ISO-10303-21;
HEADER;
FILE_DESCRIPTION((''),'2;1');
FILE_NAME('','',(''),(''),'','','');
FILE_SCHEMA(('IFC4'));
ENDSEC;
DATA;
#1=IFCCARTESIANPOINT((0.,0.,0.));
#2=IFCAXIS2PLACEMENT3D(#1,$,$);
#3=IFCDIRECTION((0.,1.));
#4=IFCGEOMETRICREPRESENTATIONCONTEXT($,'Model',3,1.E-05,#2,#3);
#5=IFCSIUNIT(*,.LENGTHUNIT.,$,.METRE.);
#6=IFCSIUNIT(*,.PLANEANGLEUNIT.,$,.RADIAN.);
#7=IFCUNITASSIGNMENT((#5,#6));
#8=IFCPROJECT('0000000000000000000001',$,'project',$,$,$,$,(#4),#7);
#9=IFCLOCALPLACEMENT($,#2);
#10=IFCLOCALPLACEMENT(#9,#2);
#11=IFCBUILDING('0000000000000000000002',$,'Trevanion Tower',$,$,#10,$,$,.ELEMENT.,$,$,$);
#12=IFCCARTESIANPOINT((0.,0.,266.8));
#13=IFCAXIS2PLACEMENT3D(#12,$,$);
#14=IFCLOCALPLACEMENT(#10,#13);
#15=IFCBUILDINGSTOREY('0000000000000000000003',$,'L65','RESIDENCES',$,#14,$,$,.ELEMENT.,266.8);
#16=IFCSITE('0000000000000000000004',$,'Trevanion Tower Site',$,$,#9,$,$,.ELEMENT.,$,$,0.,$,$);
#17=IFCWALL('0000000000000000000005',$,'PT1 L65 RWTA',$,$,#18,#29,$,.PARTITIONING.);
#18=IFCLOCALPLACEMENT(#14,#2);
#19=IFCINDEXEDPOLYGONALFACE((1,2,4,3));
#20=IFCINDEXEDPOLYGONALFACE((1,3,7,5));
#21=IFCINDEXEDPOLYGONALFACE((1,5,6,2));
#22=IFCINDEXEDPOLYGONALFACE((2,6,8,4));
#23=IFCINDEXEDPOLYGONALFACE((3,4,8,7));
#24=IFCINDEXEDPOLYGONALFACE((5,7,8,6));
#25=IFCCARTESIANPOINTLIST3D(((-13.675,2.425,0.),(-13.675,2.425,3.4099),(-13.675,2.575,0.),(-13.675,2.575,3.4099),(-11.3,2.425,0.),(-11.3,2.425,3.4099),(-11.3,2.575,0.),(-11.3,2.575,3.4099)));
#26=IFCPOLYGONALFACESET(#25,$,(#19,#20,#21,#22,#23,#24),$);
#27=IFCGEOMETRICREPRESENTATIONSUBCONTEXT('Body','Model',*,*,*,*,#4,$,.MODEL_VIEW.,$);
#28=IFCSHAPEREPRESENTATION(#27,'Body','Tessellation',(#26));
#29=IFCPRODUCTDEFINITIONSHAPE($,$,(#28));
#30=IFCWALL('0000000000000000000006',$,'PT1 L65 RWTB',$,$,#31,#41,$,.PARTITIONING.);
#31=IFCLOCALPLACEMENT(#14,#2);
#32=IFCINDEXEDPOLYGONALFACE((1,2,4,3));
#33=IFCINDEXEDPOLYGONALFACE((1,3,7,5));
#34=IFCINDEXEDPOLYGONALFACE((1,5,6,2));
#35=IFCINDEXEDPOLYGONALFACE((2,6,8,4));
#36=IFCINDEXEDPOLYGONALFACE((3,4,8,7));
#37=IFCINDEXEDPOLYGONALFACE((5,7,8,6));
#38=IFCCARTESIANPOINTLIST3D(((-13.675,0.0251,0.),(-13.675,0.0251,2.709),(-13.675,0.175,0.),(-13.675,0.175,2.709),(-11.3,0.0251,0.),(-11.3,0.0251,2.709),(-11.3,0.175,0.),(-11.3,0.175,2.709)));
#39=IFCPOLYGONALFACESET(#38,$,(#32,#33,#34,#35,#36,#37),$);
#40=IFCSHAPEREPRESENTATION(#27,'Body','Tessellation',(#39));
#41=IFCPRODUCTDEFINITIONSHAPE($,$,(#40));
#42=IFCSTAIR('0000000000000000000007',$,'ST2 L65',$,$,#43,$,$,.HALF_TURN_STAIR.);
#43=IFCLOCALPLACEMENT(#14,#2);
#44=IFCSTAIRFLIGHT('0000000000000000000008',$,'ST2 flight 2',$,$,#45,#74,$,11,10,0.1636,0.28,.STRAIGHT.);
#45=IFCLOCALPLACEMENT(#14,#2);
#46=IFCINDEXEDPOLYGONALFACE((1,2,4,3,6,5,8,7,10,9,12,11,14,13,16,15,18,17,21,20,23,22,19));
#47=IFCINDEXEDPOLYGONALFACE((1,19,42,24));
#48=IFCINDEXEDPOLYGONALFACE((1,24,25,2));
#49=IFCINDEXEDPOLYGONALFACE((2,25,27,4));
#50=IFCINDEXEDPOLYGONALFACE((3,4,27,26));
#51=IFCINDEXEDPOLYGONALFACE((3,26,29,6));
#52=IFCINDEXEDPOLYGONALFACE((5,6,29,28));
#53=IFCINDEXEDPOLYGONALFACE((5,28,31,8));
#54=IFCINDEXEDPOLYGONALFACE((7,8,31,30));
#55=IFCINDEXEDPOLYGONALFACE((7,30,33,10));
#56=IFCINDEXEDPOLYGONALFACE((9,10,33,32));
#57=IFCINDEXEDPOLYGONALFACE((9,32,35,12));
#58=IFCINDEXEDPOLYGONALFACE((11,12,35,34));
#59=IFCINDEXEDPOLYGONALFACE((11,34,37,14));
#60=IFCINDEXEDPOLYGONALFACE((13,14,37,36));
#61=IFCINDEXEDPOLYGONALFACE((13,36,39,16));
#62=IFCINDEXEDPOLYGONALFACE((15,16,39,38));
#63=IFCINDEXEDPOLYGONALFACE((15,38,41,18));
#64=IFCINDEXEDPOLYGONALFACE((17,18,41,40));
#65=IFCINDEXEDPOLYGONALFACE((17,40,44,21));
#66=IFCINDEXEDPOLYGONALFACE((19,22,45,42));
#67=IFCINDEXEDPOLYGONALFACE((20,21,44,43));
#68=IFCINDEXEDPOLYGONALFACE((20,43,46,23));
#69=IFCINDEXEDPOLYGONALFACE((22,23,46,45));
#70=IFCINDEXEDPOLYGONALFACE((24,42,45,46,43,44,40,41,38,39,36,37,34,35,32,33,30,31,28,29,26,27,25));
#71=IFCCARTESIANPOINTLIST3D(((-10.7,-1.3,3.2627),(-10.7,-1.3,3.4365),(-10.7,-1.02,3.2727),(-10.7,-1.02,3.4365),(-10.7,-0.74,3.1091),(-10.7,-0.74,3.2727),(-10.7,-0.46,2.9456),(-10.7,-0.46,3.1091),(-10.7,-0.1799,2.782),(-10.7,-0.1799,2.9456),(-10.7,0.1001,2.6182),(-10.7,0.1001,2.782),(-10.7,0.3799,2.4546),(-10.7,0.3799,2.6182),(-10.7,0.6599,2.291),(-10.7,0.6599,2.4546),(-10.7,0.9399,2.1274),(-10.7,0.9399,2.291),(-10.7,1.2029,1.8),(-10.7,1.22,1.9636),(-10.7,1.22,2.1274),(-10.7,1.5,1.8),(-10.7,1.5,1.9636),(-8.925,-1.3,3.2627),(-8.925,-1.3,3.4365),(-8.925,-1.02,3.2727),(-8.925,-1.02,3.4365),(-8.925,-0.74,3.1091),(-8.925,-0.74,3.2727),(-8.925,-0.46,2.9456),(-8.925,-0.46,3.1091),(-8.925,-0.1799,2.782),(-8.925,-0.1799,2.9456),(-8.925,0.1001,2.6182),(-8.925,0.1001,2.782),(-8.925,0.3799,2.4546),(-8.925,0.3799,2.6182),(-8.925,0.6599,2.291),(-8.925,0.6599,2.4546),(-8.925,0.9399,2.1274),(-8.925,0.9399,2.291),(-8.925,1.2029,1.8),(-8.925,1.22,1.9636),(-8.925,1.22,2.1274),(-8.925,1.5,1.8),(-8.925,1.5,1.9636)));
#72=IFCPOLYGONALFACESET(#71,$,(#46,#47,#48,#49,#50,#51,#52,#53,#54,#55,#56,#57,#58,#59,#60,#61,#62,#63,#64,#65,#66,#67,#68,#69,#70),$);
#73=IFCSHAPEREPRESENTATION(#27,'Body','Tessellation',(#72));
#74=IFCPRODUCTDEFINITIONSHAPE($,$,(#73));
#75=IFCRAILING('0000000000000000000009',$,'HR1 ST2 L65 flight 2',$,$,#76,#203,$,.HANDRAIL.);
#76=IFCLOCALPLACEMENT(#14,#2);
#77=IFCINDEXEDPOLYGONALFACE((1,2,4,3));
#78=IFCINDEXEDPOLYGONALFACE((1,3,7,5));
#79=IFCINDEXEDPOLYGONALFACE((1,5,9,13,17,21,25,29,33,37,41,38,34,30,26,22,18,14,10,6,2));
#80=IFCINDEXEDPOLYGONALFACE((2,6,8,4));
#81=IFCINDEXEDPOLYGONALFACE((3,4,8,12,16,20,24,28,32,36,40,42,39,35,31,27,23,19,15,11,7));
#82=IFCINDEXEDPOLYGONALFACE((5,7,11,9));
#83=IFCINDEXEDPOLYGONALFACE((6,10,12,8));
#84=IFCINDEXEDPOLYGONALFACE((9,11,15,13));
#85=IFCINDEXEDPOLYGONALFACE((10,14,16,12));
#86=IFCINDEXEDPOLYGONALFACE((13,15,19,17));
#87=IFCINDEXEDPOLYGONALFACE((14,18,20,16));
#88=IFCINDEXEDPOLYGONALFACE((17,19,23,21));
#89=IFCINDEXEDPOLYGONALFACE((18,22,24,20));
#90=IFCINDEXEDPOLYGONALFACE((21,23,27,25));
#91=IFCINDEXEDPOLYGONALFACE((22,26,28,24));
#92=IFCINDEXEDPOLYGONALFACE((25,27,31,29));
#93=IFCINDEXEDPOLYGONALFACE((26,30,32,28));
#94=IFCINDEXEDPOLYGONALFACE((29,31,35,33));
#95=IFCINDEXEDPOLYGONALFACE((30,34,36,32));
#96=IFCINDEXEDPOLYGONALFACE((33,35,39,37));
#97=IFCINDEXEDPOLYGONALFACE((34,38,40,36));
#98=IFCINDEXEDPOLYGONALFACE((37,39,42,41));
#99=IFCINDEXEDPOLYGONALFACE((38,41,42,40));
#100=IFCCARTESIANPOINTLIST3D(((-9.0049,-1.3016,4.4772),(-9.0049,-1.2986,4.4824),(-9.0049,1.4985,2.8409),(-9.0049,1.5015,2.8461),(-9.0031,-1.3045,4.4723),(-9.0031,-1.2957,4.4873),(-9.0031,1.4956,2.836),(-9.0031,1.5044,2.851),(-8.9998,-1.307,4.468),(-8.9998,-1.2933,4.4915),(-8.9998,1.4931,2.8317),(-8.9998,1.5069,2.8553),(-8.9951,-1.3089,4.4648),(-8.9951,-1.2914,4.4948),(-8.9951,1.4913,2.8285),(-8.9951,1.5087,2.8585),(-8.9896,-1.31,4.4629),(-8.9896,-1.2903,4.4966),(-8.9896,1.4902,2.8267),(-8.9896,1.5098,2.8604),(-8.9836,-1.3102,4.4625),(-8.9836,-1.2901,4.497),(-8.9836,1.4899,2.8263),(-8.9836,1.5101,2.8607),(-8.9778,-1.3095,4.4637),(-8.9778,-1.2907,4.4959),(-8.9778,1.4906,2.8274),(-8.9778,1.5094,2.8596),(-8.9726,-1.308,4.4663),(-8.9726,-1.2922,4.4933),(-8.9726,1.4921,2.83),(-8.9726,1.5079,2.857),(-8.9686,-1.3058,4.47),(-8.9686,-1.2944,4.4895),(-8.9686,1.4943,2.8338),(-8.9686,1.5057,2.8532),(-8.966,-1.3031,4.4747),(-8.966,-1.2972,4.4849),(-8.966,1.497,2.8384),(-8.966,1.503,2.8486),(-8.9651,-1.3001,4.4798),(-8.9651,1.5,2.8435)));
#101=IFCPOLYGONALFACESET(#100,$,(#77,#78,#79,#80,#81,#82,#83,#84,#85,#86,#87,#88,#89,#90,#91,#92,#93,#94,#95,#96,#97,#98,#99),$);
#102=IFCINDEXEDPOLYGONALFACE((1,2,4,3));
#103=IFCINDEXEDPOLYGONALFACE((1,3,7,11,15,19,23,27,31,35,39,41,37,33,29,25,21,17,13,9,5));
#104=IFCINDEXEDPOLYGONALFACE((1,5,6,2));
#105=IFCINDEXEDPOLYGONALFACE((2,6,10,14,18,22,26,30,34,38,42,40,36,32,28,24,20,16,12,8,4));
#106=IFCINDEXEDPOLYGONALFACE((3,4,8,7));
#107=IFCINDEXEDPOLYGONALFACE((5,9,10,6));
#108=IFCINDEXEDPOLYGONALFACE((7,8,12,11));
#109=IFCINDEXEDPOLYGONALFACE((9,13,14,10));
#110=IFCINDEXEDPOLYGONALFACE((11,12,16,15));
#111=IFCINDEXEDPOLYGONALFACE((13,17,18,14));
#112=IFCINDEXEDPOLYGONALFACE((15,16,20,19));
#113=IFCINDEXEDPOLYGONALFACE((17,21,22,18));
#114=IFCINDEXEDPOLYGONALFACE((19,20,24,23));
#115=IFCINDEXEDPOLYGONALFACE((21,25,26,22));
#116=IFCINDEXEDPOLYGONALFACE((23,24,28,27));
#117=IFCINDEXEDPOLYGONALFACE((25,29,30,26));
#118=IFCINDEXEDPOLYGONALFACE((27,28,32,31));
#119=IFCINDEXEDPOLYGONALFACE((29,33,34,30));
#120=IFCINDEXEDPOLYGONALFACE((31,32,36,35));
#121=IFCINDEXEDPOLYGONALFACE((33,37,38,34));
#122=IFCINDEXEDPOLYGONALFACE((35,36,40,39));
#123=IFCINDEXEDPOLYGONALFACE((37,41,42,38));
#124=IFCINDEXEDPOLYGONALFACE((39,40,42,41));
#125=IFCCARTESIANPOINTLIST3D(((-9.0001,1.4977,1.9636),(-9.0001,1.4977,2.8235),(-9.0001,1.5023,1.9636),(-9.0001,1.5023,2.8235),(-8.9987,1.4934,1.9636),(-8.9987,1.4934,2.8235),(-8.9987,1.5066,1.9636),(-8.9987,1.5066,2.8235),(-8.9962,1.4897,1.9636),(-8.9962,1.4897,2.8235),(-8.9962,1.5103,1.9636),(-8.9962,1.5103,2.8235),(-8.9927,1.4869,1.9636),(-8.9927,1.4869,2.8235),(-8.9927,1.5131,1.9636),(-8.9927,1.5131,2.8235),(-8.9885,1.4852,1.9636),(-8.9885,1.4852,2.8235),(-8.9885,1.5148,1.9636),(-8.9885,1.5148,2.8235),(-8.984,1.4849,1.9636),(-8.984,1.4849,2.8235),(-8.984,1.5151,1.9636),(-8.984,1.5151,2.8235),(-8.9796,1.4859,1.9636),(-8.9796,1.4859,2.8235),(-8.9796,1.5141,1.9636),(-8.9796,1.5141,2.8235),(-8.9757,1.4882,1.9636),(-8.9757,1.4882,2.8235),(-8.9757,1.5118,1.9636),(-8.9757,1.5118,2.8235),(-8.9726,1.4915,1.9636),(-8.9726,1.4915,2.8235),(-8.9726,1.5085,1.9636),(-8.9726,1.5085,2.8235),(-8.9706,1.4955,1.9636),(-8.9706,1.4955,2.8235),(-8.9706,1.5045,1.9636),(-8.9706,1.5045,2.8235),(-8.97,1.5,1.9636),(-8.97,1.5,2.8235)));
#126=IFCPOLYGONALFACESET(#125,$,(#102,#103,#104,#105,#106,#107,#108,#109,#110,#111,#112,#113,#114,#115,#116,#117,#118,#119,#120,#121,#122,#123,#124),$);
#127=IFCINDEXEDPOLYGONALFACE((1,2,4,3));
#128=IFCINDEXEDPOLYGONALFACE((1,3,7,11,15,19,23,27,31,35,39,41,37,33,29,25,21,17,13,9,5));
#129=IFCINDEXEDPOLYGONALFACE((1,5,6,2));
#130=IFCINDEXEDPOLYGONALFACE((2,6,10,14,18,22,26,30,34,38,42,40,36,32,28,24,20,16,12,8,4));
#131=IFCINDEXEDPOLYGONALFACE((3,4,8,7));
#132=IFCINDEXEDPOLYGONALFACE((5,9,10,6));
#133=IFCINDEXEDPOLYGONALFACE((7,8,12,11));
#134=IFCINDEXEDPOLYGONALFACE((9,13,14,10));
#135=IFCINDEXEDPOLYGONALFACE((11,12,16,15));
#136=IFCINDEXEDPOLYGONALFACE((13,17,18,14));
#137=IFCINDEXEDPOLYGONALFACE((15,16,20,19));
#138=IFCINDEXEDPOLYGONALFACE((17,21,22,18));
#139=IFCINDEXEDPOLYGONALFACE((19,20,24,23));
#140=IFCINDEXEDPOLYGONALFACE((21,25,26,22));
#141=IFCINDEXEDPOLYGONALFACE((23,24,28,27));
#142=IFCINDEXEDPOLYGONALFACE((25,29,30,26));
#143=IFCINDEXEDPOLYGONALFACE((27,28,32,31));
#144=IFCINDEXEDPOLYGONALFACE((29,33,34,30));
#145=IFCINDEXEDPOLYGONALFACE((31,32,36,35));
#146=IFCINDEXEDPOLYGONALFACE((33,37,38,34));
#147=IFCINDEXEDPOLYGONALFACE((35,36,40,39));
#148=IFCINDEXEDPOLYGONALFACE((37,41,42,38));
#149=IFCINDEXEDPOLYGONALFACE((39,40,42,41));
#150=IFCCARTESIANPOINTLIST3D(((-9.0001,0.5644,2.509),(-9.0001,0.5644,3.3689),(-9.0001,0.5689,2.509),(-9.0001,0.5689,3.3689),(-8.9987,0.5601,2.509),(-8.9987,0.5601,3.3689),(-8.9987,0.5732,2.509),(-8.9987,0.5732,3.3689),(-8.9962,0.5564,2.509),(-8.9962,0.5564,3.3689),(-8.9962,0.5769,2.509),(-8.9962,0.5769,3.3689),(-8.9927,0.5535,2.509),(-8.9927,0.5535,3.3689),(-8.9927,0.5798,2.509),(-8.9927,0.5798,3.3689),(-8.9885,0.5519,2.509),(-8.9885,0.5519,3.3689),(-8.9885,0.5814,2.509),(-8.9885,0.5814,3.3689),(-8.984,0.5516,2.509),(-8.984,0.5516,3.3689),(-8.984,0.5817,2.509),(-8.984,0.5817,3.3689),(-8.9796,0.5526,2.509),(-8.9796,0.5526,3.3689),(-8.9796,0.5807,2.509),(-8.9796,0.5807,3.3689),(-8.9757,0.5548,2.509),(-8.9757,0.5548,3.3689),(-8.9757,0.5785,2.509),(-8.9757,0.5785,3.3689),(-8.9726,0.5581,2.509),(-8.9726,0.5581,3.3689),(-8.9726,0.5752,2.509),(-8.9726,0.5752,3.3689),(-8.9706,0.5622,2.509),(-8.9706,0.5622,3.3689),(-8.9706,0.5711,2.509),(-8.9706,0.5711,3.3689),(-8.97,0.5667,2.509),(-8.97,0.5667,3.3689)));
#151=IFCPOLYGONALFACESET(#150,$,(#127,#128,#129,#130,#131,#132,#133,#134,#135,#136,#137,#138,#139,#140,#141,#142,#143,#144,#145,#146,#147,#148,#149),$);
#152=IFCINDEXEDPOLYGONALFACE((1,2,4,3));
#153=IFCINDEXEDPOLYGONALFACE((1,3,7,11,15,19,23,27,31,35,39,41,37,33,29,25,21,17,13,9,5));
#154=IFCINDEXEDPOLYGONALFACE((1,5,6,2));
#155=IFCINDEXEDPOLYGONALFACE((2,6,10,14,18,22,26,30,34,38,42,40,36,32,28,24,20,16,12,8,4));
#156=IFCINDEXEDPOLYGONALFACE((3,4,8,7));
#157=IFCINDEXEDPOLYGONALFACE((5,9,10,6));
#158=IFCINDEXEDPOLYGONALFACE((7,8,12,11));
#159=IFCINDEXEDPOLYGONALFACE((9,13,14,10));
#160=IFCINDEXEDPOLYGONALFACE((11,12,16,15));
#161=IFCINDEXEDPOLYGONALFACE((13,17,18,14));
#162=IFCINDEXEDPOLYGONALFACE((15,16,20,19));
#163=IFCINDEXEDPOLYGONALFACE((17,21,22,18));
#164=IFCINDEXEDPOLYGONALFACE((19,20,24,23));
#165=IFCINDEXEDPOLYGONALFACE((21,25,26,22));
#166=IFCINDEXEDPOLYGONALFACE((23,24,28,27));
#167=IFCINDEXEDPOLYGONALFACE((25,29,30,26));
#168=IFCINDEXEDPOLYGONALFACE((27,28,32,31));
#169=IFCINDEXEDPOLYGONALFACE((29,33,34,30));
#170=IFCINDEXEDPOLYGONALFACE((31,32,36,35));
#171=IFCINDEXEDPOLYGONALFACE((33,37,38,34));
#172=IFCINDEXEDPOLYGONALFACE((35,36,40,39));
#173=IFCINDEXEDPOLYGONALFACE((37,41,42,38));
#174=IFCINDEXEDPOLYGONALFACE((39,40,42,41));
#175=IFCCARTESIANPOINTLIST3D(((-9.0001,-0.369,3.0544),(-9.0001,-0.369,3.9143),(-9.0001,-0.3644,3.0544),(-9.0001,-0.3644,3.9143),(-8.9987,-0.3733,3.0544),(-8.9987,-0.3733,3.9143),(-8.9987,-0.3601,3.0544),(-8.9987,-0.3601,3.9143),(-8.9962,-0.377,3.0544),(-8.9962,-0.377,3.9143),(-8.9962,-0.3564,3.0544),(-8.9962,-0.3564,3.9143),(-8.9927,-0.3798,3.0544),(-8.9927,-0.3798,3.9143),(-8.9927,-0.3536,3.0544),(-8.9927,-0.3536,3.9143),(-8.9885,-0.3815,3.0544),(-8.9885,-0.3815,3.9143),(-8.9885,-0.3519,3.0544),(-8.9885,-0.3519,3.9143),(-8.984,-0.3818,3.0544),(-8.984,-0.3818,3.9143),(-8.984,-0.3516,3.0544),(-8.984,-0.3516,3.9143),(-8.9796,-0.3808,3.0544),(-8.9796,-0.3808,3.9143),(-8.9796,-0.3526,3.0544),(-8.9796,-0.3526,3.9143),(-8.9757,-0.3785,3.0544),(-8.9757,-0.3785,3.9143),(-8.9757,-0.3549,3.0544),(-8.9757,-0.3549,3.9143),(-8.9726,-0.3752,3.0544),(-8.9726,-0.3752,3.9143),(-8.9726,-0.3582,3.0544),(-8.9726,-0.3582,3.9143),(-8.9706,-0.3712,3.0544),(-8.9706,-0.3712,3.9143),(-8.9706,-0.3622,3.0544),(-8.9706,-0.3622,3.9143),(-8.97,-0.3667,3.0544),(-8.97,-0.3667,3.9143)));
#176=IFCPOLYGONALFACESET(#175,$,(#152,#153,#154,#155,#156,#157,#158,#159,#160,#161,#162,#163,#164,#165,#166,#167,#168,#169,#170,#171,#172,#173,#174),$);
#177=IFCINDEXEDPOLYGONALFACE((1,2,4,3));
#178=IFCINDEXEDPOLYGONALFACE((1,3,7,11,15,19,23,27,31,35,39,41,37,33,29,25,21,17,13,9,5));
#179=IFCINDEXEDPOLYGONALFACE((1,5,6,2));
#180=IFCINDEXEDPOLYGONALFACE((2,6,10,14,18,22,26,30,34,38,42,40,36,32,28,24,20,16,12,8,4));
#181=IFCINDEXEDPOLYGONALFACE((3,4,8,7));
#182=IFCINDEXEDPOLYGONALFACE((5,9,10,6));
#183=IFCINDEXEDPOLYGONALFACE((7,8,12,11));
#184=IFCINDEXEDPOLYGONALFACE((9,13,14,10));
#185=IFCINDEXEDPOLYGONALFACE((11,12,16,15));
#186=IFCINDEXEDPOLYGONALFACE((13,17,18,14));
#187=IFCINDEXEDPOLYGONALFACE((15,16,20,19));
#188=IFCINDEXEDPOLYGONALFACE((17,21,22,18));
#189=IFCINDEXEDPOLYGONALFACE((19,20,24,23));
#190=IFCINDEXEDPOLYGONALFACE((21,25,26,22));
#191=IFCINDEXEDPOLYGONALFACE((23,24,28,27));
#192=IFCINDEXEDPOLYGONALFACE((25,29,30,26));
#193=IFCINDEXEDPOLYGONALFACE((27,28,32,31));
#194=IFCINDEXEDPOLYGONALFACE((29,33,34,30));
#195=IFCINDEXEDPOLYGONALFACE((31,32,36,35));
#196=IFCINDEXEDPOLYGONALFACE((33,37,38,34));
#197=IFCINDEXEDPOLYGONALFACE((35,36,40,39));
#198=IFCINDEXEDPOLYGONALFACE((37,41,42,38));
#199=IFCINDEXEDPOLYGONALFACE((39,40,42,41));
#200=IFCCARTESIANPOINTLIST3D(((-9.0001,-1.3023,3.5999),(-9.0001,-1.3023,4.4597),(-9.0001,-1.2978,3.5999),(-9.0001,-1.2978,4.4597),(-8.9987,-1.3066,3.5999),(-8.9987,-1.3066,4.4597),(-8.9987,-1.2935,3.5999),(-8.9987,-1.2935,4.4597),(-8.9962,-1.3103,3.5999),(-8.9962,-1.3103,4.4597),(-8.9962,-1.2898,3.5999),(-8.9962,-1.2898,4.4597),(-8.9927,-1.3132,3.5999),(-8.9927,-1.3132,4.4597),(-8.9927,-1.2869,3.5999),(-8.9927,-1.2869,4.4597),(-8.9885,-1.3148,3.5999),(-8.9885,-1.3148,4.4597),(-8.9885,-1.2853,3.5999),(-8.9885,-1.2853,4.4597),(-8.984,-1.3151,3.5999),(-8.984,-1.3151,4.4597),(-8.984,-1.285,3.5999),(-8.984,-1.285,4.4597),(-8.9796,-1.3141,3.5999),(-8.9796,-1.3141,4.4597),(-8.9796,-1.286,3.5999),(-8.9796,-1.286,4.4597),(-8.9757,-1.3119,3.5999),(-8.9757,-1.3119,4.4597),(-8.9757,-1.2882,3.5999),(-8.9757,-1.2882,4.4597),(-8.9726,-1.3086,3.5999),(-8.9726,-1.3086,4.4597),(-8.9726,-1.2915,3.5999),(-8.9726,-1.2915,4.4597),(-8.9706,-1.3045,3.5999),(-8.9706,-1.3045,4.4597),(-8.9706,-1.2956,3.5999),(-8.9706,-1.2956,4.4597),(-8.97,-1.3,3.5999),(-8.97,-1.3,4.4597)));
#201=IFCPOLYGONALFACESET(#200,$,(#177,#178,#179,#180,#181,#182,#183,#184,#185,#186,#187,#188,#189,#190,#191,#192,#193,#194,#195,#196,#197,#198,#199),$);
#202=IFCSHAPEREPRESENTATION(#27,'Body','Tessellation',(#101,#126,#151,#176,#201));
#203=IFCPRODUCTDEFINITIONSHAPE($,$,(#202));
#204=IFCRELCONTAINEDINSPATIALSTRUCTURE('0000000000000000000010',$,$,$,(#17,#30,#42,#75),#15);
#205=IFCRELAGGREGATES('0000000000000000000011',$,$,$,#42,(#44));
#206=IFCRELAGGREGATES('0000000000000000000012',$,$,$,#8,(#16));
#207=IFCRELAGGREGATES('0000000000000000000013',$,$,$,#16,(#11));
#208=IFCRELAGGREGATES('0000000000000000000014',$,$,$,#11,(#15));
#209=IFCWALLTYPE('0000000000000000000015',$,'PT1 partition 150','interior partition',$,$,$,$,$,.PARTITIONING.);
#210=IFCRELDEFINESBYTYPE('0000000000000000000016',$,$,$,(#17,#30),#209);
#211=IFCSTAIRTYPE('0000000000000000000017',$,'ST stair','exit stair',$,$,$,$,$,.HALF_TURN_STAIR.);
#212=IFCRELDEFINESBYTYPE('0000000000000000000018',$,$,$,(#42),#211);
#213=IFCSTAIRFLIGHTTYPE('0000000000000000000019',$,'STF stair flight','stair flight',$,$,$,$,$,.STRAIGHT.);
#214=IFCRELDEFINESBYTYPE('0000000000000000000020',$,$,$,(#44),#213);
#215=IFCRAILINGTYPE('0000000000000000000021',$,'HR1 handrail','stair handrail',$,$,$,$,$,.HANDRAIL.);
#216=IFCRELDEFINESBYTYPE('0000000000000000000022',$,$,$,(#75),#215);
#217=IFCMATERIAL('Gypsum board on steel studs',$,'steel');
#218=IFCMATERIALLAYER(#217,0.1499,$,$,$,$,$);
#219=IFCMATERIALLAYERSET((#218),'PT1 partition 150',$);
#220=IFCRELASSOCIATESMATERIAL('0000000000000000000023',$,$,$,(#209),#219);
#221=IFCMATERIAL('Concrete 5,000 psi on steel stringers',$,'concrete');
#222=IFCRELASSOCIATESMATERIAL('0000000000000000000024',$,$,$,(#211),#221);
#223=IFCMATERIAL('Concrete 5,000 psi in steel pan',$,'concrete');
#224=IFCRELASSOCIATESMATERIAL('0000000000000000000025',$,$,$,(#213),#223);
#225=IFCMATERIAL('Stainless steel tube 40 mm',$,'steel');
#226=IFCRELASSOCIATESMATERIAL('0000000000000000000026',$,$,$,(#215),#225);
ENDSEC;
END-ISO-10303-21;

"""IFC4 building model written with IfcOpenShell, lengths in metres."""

from ifc_helpers import new_model, si_unit, direction, frame, frame_2d, origin, origin_2d, place, context, subcontext, project, spatial, polyline, rectangle, circle, outline, extrude, material, layer, layer_set, type_object, element, aggregate, save


model = new_model("IFC4")

# Units and contexts
model_context = context("Model", 3, precision=1e-05, world=origin(), true_north=direction((0.0, 1.0)))
body_context = subcontext(model_context, "Body", "Model", "MODEL_VIEW")
ifc_project = project(units=[si_unit("LENGTHUNIT", "METRE"), si_unit("PLANEANGLEUNIT", "RADIAN")], contexts=[model_context])

# Site, building, storey
site_placement = place(None, origin())
site = spatial("IfcSite", under=ifc_project, at=site_placement, Name="Trevanion Tower Site", CompositionType="ELEMENT", RefElevation=0.0)
building_placement = place(site_placement, origin())
building = spatial("IfcBuilding", under=site, at=building_placement, Name="Trevanion Tower", CompositionType="ELEMENT")
storey_placement = place(building_placement, frame((0.0, 0.0, 266.8)))
storey = spatial("IfcBuildingStorey", under=building, at=storey_placement, Name="L65", Description="RESIDENCES", CompositionType="ELEMENT", Elevation=266.8)

# Shared definitions
ifc_material_1 = material(Name="Gypsum board on steel studs", Category="steel")
ifc_layer_1 = layer(ifc_material_1, 0.1499)
ifc_layer_set_1 = layer_set([ifc_layer_1], Name="PT1 partition 150")
wall_type = type_object("IfcWallType", Name="PT1 partition 150", Description="interior partition", PredefinedType="PARTITIONING", material=ifc_layer_set_1)

# Walls
wall_1_placement = place(storey_placement, frame((-11.3, 2.5, 0.0), z_axis=(0.0, 0.0, 1.0), x_axis=(-1.0, 0.0, 0.0)))
element("IfcWall", 1, at=wall_1_placement, inside=storey, type_object=wall_type, Name="PT1 L65 RWTA", PredefinedType="PARTITIONING", context=body_context, shape_type="SweptSolid", body=[
    extrude(rectangle(XDim=2.375, YDim=0.1499, at=frame_2d((1.1875, 0.0))), origin(), (0.0, 0.0, 1.0), 3.4099),
])
wall_2_placement = place(storey_placement, frame((-11.3, 0.1001, 0.0), z_axis=(0.0, 0.0, 1.0), x_axis=(-1.0, 0.0, 0.0)))
element("IfcWall", 2, at=wall_2_placement, inside=storey, type_object=wall_type, Name="PT1 L65 RWTB", PredefinedType="PARTITIONING", context=body_context, shape_type="SweptSolid", body=[
    extrude(rectangle(XDim=2.375, YDim=0.1499, at=frame_2d((1.1875, 0.0))), origin(), (0.0, 0.0, 1.0), 2.709),
])

# Stair, stair flight
ifc_material_2 = material(Name="Concrete 5,000 psi on steel stringers", Category="concrete")
stair_type = type_object("IfcStairType", Name="ST stair", Description="exit stair", PredefinedType="HALF_TURN_STAIR", material=ifc_material_2)
stair_placement = place(storey_placement, origin())
stair = element("IfcStair", 3, at=stair_placement, inside=storey, type_object=stair_type, Name="ST2 L65", PredefinedType="HALF_TURN_STAIR")
ifc_material_3 = material(Name="Concrete 5,000 psi in steel pan", Category="concrete")
stair_flight_type = type_object("IfcStairFlightType", Name="STF stair flight", Description="stair flight", PredefinedType="STRAIGHT", material=ifc_material_3)
stair_flight_placement = place(storey_placement, frame((-9.8125, 1.5, 1.8), z_axis=(0.0, 0.0, 1.0), x_axis=(0.0, -1.0, 0.0)))
stair_flight = element("IfcStairFlight", 4, at=stair_flight_placement, type_object=stair_flight_type, Name="ST2 flight 2", NumberOfRisers=11, NumberOfTreads=10, PredefinedType="STRAIGHT", RiserHeight=0.1636, TreadLength=0.28, context=body_context, shape_type="SweptSolid", body=[
    extrude(outline(polyline([(0.0, 0.0), (0.0, 0.1636), (0.28, 0.1636), (0.28, 0.3274), (0.5601, 0.3274), (0.5601, 0.491), (0.8401, 0.491), (0.8401, 0.6545), (1.1201, 0.6545), (1.1201, 0.8181), (1.3999, 0.8181), (1.3999, 0.9819), (1.6799, 0.9819), (1.6799, 1.1455), (1.96, 1.1455), (1.96, 1.3091), (2.24, 1.3091), (2.24, 1.4727), (2.52, 1.4727), (2.52, 1.6365), (2.8, 1.6365), (2.8, 1.8), (2.8, 1.4626), (0.2971, 0.0), (0.0, 0.0)])), frame((0.0, 0.8875, 0.0), z_axis=(0.0, -1.0, 0.0), x_axis=(1.0, 0.0, 0.0)), (0.0, 0.0, 1.0), 1.7749),
])
aggregate(stair, [stair_flight])

# Railing
ifc_material_4 = material(Name="Stainless steel tube 40 mm", Category="steel")
railing_type = type_object("IfcRailingType", Name="HR1 handrail", Description="stair handrail", PredefinedType="HANDRAIL", material=ifc_material_4)
for number, where, name in (
    (5, (-8.9851, 1.5, 1.9636), "HR1 ST2 L65 flight 2"),
):
    element("IfcRailing", number, at=place(storey_placement, frame(where)), inside=storey, type_object=railing_type, Name=name, PredefinedType="HANDRAIL", context=body_context, shape_type="SweptSolid", body=[
        extrude(circle(Radius=0.02, at=origin_2d()), frame((0.0, 0.0, 0.8799), z_axis=(0.0, -0.863394, 0.504531), x_axis=(1.0, 0.0, 0.0)), (0.0, 0.0, 1.0), 3.2432),
        extrude(circle(Radius=0.0151, at=origin_2d()), origin(), (0.0, 0.0, 1.0), 0.8599),
        extrude(circle(Radius=0.0151, at=origin_2d()), frame((0.0, -0.9333, 0.5454)), (0.0, 0.0, 1.0), 0.8599),
        extrude(circle(Radius=0.0151, at=origin_2d()), frame((0.0, -1.8667, 1.0908)), (0.0, 0.0, 1.0), 0.8599),
        extrude(circle(Radius=0.0151, at=origin_2d()), frame((0.0, -2.8, 1.6362)), (0.0, 0.0, 1.0), 0.8599),
    ])

save(model, "model.ifc")
